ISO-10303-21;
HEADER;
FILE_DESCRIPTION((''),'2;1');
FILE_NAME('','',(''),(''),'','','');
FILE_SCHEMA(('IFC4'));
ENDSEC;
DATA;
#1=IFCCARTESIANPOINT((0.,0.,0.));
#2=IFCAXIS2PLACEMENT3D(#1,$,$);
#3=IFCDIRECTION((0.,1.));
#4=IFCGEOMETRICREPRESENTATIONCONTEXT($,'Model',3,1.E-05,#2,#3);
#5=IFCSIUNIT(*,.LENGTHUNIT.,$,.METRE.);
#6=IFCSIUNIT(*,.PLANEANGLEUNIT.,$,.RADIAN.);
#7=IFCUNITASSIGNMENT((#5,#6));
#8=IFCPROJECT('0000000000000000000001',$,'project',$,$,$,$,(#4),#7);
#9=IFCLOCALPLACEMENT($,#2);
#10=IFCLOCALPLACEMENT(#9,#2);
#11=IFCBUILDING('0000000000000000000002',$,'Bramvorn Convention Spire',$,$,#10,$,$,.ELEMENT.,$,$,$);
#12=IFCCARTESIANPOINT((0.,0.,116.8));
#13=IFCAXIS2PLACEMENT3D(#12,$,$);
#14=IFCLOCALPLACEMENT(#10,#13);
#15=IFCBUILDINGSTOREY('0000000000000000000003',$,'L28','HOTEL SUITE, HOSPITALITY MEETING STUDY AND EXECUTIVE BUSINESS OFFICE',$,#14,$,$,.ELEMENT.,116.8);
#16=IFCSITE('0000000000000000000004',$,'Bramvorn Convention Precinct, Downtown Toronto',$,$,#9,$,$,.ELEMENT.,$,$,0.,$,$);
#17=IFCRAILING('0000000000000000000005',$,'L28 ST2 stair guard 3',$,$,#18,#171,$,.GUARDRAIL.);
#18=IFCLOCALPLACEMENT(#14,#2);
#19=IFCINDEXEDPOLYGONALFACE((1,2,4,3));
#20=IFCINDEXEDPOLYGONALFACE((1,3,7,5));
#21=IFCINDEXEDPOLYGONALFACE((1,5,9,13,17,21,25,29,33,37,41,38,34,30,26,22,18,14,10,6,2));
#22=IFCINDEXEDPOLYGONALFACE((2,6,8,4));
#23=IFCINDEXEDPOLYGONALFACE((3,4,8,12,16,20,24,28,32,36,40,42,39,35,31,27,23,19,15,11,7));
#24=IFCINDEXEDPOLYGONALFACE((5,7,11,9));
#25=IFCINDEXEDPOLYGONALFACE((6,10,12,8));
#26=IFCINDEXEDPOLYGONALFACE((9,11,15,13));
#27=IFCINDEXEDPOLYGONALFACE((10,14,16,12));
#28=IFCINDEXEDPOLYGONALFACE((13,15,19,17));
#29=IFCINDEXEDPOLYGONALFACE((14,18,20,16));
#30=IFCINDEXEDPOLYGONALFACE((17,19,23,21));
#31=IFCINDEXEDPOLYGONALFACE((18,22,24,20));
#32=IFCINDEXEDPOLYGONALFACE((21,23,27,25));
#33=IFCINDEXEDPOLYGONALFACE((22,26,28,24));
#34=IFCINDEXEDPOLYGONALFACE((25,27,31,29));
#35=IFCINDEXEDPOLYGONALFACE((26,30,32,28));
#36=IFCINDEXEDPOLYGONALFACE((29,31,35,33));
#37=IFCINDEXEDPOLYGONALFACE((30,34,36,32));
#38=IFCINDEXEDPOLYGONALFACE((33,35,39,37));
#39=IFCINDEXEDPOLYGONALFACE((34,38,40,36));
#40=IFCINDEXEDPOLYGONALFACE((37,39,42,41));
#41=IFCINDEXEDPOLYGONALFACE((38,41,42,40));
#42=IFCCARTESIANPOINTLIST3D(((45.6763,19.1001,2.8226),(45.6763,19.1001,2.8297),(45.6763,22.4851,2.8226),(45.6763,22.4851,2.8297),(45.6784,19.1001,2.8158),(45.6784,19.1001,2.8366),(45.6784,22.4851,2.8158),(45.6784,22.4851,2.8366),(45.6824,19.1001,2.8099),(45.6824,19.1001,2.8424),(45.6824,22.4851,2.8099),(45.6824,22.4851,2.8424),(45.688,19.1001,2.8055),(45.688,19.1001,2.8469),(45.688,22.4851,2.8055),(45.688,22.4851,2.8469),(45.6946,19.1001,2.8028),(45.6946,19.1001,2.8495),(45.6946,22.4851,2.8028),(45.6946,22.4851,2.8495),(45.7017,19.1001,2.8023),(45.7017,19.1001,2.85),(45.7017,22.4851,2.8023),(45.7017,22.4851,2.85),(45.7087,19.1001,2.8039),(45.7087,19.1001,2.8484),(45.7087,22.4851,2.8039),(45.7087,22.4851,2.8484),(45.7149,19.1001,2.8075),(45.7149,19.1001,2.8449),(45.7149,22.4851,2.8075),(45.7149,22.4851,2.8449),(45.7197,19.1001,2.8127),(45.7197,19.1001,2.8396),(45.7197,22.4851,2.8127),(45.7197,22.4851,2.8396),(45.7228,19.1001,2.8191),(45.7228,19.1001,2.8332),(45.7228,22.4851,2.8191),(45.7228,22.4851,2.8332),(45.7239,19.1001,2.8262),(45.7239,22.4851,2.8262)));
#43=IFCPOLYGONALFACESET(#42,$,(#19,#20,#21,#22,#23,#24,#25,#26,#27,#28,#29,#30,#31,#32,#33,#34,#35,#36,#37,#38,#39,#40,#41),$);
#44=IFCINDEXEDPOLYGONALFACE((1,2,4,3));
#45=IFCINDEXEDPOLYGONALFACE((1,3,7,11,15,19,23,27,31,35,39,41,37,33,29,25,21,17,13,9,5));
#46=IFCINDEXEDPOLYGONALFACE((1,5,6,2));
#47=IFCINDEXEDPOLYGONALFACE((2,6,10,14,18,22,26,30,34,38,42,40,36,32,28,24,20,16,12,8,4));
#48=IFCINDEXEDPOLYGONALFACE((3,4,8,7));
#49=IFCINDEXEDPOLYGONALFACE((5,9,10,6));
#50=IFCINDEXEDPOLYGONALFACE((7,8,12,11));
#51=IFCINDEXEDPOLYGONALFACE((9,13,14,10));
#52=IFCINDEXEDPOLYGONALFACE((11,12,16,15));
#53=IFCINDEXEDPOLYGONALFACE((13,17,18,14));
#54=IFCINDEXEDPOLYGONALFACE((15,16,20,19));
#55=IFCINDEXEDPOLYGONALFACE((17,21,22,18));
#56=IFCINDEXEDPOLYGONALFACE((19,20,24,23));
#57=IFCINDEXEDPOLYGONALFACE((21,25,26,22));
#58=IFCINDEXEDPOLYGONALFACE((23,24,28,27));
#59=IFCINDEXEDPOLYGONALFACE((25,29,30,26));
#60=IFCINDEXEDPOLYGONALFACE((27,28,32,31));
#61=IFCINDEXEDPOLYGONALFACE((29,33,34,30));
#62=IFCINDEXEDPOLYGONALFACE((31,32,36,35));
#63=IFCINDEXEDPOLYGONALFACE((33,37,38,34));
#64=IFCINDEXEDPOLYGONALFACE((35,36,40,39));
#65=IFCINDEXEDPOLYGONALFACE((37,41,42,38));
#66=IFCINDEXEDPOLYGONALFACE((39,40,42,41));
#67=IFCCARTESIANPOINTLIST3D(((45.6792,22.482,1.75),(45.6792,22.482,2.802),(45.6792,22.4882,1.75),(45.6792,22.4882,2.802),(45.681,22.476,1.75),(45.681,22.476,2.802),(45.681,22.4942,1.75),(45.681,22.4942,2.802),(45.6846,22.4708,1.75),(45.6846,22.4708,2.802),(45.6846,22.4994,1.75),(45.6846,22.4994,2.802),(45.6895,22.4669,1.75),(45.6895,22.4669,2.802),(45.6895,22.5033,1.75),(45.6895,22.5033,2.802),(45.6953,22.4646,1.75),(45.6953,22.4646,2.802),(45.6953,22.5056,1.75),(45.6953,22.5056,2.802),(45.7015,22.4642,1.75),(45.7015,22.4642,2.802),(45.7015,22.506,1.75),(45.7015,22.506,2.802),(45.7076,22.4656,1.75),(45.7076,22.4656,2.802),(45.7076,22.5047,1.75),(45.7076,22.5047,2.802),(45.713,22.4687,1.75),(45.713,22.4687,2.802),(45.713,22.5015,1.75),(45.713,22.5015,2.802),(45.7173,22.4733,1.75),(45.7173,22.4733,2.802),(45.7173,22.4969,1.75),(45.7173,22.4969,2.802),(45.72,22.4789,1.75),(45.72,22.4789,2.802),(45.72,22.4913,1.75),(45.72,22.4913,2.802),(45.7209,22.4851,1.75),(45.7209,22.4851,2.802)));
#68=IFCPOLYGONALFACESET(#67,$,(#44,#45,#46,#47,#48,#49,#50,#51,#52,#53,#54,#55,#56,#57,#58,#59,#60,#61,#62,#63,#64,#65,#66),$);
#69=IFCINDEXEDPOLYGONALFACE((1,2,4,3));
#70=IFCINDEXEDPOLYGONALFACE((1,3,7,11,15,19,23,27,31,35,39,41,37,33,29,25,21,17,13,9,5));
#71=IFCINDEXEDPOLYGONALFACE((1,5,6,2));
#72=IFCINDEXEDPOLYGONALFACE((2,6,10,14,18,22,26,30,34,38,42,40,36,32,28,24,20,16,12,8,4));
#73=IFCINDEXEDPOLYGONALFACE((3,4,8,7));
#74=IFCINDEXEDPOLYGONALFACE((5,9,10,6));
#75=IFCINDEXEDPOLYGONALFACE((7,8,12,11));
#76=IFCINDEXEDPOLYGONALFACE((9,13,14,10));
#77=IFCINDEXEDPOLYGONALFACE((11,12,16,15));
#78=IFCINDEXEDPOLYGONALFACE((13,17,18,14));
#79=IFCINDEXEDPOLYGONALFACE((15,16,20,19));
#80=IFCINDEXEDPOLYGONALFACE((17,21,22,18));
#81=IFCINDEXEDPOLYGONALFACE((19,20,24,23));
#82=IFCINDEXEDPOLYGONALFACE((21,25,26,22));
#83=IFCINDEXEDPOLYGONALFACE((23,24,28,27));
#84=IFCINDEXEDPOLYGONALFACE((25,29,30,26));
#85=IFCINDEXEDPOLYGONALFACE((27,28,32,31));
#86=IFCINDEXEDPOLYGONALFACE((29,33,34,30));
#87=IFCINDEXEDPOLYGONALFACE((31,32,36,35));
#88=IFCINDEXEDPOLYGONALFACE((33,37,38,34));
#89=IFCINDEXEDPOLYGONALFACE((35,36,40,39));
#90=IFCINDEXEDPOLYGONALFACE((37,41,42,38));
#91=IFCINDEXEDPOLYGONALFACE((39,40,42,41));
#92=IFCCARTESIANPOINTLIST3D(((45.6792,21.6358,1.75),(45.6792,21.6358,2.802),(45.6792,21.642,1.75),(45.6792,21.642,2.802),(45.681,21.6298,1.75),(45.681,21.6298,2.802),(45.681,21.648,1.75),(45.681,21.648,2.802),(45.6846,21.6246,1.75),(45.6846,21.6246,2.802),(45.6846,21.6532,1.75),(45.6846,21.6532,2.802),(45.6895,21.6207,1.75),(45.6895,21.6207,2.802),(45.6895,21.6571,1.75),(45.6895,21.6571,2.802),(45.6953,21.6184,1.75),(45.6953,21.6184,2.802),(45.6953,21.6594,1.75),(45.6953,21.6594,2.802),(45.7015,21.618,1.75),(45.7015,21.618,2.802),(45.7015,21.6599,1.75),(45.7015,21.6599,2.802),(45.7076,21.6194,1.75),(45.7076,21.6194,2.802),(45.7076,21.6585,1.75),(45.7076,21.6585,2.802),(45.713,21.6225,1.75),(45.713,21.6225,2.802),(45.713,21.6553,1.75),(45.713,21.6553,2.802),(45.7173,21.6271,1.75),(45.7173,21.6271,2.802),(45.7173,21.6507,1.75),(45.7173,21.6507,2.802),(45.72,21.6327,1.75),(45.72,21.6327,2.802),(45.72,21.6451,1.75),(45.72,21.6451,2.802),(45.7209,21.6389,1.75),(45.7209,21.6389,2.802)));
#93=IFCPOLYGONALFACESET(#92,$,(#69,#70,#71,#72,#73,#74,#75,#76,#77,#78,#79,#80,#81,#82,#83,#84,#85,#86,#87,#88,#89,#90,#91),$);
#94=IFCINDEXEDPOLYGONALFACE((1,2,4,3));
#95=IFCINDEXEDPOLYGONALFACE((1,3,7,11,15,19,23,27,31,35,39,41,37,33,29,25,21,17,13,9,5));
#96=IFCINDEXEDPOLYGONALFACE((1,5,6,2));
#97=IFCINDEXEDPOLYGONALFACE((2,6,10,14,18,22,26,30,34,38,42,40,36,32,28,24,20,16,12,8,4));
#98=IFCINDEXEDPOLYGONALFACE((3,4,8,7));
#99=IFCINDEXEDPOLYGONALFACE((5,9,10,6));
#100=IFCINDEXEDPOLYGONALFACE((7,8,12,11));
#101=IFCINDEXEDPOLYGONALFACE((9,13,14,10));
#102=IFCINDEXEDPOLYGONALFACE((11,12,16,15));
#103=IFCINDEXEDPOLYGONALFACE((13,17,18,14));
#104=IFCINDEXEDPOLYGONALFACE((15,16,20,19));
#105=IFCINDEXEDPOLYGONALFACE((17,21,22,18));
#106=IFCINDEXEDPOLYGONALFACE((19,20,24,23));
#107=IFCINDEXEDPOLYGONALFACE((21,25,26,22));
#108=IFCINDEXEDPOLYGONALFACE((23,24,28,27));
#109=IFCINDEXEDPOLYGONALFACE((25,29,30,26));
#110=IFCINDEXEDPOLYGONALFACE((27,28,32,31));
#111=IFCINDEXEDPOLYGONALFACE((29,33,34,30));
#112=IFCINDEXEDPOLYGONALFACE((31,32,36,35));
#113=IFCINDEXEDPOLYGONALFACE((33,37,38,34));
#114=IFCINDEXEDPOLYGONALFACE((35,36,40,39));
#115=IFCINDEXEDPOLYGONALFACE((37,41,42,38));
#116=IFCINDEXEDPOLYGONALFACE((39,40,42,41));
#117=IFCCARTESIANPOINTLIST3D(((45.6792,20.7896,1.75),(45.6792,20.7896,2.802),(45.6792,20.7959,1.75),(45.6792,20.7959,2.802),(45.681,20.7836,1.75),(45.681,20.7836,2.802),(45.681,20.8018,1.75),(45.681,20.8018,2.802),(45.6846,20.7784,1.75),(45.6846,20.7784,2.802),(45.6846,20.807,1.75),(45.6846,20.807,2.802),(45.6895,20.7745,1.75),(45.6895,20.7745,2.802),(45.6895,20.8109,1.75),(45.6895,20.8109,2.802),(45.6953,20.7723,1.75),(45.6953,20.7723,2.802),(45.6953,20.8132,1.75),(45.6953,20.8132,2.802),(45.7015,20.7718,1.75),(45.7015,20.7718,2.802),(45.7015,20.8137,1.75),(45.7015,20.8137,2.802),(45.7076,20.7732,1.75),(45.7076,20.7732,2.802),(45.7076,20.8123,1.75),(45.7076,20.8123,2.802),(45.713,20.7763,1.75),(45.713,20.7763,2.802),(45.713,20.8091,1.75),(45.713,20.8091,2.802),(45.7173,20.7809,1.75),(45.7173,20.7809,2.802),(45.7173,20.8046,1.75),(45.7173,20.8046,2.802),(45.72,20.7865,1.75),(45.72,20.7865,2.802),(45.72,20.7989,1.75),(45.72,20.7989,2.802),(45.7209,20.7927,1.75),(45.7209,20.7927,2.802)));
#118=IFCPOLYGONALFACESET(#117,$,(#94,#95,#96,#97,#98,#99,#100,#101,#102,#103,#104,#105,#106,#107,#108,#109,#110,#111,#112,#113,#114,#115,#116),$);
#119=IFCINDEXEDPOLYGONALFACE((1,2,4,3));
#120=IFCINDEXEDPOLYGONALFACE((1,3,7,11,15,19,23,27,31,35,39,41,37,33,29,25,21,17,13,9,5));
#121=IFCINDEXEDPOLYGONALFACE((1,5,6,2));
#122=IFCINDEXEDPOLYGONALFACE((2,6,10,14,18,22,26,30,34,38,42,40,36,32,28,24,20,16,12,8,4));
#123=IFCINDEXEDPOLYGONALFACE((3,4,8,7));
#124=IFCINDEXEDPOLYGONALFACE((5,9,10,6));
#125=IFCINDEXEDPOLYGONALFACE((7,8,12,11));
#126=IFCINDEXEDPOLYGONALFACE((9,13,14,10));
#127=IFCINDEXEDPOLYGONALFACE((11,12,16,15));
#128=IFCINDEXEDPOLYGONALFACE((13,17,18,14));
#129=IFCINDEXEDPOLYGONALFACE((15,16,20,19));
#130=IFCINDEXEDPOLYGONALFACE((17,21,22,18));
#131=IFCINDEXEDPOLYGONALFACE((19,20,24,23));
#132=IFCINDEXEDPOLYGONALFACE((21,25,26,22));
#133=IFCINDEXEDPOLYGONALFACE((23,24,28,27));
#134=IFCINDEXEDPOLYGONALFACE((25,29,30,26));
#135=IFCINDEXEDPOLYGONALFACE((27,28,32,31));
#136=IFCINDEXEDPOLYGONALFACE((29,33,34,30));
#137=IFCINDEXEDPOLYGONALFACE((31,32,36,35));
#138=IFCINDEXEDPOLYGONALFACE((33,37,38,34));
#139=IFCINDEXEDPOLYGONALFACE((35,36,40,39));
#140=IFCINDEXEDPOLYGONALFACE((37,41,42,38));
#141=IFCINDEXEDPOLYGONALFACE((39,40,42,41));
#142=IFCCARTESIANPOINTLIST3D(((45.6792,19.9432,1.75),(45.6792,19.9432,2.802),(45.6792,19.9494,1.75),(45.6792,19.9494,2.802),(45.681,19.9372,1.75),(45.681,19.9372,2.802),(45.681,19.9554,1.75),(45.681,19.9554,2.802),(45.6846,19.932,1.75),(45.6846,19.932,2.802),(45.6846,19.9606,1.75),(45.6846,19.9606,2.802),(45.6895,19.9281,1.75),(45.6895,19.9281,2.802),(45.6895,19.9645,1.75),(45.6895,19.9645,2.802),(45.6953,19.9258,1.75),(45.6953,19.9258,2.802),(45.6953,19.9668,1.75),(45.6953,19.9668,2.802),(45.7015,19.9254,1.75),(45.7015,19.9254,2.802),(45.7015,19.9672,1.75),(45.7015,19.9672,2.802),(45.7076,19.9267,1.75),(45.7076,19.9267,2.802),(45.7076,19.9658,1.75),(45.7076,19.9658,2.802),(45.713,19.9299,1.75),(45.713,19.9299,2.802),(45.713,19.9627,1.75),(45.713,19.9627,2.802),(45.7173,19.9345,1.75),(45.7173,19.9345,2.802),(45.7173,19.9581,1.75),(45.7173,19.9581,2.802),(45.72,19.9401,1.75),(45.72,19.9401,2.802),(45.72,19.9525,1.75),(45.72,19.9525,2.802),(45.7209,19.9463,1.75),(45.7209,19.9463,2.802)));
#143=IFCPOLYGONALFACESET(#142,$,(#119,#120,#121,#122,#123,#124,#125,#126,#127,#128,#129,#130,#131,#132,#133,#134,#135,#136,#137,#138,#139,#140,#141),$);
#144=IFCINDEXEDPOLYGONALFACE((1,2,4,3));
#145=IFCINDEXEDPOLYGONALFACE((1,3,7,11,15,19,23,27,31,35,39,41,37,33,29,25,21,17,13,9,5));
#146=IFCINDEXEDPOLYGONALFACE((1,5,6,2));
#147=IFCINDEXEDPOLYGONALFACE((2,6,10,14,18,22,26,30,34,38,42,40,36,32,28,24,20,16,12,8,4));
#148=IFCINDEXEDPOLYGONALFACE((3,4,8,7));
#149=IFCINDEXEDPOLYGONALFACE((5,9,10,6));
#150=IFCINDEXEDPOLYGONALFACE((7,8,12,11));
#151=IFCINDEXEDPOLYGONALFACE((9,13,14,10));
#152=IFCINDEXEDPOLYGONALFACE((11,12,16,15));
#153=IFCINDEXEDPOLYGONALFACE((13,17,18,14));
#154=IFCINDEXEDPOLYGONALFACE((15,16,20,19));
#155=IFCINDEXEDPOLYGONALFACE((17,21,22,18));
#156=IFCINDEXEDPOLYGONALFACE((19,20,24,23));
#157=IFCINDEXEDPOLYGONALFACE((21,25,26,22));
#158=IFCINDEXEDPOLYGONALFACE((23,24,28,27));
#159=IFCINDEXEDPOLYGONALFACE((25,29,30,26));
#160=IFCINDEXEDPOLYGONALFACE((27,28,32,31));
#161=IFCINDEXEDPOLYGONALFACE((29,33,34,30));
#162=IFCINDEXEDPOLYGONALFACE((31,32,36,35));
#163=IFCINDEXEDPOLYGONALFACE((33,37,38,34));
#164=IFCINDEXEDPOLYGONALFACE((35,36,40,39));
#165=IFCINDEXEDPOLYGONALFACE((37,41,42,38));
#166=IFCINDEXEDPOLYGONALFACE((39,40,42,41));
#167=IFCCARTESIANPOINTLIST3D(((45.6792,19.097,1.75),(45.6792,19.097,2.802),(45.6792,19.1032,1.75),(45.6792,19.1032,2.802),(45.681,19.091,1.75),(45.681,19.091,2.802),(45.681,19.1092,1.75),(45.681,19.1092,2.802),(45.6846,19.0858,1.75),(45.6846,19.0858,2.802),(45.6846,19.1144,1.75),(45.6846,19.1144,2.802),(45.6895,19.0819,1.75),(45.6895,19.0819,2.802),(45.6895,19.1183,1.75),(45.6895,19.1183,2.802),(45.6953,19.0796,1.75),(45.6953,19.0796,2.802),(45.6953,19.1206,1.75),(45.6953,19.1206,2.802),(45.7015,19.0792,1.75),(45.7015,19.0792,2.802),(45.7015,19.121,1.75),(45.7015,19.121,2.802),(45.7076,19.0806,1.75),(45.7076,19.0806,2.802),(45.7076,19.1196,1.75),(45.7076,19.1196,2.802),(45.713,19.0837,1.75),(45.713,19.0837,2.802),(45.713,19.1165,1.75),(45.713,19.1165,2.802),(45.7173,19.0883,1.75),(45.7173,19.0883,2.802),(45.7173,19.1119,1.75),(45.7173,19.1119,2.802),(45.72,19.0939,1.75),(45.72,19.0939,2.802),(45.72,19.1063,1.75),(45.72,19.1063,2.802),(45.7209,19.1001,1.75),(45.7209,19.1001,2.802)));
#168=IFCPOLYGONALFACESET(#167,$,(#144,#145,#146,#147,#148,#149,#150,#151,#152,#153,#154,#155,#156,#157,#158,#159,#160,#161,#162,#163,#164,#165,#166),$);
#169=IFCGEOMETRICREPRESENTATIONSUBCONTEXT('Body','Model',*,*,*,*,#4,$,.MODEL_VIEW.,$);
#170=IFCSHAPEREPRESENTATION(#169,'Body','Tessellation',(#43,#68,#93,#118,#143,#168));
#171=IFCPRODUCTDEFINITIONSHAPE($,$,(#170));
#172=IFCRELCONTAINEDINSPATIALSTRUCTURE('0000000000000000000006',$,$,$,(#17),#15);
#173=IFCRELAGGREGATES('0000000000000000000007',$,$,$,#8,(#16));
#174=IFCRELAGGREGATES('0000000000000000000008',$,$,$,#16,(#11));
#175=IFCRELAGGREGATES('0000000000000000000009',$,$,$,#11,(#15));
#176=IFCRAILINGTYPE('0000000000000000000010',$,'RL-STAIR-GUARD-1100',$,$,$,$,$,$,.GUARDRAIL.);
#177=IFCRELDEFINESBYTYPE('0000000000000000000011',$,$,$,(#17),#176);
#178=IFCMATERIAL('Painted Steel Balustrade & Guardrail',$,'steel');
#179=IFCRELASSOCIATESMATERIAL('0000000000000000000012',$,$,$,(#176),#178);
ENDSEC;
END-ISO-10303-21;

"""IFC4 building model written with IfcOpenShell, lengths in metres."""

from ifc_helpers import new_model, si_unit, direction, frame, origin, origin_2d, place, context, subcontext, project, spatial, circle, extrude, material, type_object, element, save


model = new_model("IFC4")

# Units and contexts
model_context = context("Model", 3, precision=1e-05, world=origin(), true_north=direction((0.0, 1.0)))
body_context = subcontext(model_context, "Body", "Model", "MODEL_VIEW")
ifc_project = project(units=[si_unit("LENGTHUNIT", "METRE"), si_unit("PLANEANGLEUNIT", "RADIAN")], contexts=[model_context])

# Site, building, storey
site_placement = place(None, origin())
site = spatial("IfcSite", under=ifc_project, at=site_placement, Name="Bramvorn Convention Precinct, Downtown Toronto", CompositionType="ELEMENT", RefElevation=0.0)
building_placement = place(site_placement, origin())
building = spatial("IfcBuilding", under=site, at=building_placement, Name="Bramvorn Convention Spire", CompositionType="ELEMENT")
storey_placement = place(building_placement, frame((0.0, 0.0, 116.8)))
storey = spatial("IfcBuildingStorey", under=building, at=storey_placement, Name="L28", Description="HOTEL SUITE, HOSPITALITY MEETING STUDY AND EXECUTIVE BUSINESS OFFICE", CompositionType="ELEMENT", Elevation=116.8)

# Railing
ifc_material_1 = material(Name="Painted Steel Balustrade & Guardrail", Category="steel")
railing_type_1 = type_object("IfcRailingType", Name="RL-STAIR-GUARD-1100", PredefinedType="GUARDRAIL", material=ifc_material_1)
railing_1_placement = place(storey_placement, frame((45.7, 22.4851, 1.75)))
element("IfcRailing", 1, at=railing_1_placement, inside=storey, type_object=railing_type_1, Name="L28 ST2 stair guard 3", PredefinedType="GUARDRAIL", context=body_context, shape_type="SweptSolid", body=[
    extrude(circle(Radius=0.0239, at=origin_2d()), frame((0.0, 0.0, 1.0762), z_axis=(0.0, -1.0, 0.0), x_axis=(1.0, 0.0, 0.0)), (0.0, 0.0, 1.0), 3.385),
    extrude(circle(Radius=0.021, at=origin_2d()), origin(), (0.0, 0.0, 1.0), 1.052),
    extrude(circle(Radius=0.021, at=origin_2d()), frame((0.0, -0.8462, 0.0)), (0.0, 0.0, 1.0), 1.052),
    extrude(circle(Radius=0.021, at=origin_2d()), frame((0.0, -1.6924, 0.0)), (0.0, 0.0, 1.0), 1.052),
    extrude(circle(Radius=0.021, at=origin_2d()), frame((0.0, -2.5388, 0.0)), (0.0, 0.0, 1.0), 1.052),
    extrude(circle(Radius=0.021, at=origin_2d()), frame((0.0, -3.385, 0.0)), (0.0, 0.0, 1.0), 1.052),
])

save(model, "model.ifc")
